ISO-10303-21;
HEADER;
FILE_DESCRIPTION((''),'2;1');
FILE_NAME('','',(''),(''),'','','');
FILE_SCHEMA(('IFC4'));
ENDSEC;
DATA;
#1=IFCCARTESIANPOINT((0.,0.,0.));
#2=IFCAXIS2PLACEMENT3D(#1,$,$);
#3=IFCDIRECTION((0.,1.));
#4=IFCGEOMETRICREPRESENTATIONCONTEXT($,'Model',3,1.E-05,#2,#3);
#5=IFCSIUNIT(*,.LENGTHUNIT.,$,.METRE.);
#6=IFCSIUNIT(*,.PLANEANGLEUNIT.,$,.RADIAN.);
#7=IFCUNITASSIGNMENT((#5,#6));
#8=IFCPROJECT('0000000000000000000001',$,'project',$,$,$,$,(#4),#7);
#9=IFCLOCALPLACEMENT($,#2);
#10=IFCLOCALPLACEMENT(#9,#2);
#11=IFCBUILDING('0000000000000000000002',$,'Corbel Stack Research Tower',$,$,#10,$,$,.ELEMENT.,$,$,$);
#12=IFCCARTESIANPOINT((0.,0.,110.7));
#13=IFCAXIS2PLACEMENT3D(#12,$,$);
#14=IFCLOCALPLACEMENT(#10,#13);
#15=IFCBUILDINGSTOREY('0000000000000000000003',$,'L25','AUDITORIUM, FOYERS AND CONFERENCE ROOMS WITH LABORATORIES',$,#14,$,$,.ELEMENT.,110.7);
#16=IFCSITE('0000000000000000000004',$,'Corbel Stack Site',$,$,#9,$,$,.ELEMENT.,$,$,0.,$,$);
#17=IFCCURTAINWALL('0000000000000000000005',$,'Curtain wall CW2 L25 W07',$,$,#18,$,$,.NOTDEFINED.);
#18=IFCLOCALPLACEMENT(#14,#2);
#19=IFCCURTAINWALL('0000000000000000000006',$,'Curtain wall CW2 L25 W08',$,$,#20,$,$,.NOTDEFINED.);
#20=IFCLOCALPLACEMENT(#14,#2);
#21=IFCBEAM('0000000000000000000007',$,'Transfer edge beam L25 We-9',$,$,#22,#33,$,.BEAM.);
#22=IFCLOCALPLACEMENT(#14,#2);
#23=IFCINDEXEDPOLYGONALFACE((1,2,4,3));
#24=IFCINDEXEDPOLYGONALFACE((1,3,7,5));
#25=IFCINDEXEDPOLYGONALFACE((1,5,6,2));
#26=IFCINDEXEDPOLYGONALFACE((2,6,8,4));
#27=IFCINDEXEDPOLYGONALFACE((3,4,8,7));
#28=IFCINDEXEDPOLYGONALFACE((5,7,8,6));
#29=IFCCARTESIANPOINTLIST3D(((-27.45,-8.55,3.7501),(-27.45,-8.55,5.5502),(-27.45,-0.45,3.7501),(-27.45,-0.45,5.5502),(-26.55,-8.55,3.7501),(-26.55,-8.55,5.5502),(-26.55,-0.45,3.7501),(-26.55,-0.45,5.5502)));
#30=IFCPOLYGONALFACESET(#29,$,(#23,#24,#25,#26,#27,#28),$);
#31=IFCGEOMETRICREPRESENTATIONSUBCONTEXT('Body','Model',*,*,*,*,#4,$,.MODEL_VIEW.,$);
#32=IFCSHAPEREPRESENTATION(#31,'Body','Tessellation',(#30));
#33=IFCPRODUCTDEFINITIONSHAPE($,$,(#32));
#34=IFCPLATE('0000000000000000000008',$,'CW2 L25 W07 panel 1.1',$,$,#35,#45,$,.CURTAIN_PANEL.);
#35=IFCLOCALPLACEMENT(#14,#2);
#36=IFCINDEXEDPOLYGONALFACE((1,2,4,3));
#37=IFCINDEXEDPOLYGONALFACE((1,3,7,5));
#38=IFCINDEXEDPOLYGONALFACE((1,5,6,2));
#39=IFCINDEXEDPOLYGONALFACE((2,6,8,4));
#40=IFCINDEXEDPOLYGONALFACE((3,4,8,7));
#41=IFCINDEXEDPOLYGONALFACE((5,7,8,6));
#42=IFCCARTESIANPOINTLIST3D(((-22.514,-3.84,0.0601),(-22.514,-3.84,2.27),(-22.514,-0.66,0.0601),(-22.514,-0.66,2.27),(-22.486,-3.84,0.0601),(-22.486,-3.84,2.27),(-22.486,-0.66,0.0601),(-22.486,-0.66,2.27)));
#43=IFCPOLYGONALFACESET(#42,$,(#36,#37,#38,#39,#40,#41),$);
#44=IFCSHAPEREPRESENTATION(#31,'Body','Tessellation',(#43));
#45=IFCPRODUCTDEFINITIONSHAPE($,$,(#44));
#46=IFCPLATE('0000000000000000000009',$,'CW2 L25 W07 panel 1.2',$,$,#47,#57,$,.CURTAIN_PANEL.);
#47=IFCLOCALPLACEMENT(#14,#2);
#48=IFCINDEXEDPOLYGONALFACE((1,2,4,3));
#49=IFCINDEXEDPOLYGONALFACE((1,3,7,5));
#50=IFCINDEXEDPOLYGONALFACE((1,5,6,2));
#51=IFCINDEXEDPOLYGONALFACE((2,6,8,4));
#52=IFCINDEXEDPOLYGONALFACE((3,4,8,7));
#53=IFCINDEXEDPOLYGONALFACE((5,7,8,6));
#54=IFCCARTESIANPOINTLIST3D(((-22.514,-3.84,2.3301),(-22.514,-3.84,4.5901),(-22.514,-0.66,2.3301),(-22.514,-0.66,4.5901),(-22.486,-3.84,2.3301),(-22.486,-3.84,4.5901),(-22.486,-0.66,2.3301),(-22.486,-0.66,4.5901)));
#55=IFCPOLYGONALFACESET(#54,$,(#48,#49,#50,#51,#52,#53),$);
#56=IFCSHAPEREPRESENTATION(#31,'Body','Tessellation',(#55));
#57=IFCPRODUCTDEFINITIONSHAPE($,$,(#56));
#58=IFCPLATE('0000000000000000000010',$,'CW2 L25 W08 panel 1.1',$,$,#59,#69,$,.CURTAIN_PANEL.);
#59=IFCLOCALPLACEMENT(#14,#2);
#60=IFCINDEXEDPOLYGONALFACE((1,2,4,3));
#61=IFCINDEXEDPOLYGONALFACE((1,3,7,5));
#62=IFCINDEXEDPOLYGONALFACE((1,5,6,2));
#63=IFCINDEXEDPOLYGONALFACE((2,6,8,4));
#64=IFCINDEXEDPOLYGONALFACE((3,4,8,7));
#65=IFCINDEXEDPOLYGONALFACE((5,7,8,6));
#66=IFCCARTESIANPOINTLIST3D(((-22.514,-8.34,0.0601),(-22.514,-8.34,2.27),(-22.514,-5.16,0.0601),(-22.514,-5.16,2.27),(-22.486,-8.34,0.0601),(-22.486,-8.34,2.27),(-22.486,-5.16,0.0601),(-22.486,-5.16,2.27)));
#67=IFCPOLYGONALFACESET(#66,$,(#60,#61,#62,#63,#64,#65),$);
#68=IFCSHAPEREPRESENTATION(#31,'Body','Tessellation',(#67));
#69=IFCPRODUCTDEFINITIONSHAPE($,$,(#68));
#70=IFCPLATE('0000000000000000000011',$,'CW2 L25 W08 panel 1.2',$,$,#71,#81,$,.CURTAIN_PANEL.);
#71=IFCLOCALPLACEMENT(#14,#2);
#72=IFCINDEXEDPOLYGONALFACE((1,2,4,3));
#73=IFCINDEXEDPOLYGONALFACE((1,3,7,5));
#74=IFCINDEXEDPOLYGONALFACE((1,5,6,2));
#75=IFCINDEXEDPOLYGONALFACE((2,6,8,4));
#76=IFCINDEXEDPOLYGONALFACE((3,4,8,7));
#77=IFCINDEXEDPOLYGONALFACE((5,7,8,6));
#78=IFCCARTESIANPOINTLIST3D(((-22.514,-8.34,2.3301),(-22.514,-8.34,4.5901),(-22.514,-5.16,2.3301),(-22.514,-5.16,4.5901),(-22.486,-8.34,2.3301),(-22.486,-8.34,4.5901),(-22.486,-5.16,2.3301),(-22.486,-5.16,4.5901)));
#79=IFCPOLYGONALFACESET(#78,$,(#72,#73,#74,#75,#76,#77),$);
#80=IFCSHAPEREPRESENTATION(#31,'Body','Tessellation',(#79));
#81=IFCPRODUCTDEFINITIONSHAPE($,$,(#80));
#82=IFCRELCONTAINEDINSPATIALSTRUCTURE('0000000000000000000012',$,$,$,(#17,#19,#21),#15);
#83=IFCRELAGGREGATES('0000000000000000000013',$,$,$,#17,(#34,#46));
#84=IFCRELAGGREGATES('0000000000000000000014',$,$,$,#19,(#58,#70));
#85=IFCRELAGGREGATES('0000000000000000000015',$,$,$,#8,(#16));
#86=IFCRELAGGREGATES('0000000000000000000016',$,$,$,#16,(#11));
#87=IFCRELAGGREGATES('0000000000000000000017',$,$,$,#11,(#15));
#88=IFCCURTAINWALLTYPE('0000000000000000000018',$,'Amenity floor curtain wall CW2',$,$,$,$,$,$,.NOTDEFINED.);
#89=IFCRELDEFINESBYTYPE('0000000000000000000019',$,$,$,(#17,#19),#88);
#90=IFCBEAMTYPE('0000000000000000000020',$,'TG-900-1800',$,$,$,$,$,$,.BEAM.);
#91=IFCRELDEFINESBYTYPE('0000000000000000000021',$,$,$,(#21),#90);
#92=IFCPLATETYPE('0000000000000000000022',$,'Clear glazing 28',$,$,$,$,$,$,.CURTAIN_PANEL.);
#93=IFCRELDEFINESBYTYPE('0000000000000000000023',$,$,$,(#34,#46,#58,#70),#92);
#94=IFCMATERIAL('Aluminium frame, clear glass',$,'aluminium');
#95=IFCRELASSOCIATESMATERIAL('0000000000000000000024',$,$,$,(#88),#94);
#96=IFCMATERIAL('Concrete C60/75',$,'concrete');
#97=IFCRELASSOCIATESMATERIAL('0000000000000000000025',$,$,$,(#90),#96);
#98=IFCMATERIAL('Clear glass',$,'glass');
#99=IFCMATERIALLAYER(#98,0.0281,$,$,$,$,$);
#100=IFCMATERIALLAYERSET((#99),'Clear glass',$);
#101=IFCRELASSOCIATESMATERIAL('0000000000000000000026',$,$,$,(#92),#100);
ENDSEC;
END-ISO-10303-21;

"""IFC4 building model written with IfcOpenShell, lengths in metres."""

from ifc_helpers import new_model, si_unit, direction, frame, origin, origin_2d, place, context, subcontext, project, spatial, rectangle, extrude, material, layer, layer_set, material_profile, profile_set, type_object, element, aggregate, save


model = new_model("IFC4")

# Units and contexts
model_context = context("Model", 3, precision=1e-05, world=origin(), true_north=direction((0.0, 1.0)))
body_context = subcontext(model_context, "Body", "Model", "MODEL_VIEW")
ifc_project = project(units=[si_unit("LENGTHUNIT", "METRE"), si_unit("PLANEANGLEUNIT", "RADIAN")], contexts=[model_context])

# Site, building, storey
site_placement = place(None, origin())
site = spatial("IfcSite", under=ifc_project, at=site_placement, Name="Corbel Stack Site", CompositionType="ELEMENT", RefElevation=0.0)
building_placement = place(site_placement, origin())
building = spatial("IfcBuilding", under=site, at=building_placement, Name="Corbel Stack Research Tower", CompositionType="ELEMENT")
storey_placement = place(building_placement, frame((0.0, 0.0, 110.7)))
storey = spatial("IfcBuildingStorey", under=building, at=storey_placement, Name="L25", Description="AUDITORIUM, FOYERS AND CONFERENCE ROOMS WITH LABORATORIES", CompositionType="ELEMENT", Elevation=110.7)

# Curtain wall
ifc_material_1 = material(Name="Aluminium frame, clear glass", Category="aluminium")
curtain_wall_type = type_object("IfcCurtainWallType", Name="Amenity floor curtain wall CW2", PredefinedType="NOTDEFINED", material=ifc_material_1)
curtain_wall_1_placement = place(storey_placement, origin())
curtain_wall_1 = element("IfcCurtainWall", 1, at=curtain_wall_1_placement, inside=storey, type_object=curtain_wall_type, Name="Curtain wall CW2 L25 W07", PredefinedType="NOTDEFINED")

# Curtain wall
curtain_wall_2_placement = place(storey_placement, origin())
curtain_wall_2 = element("IfcCurtainWall", 2, at=curtain_wall_2_placement, inside=storey, type_object=curtain_wall_type, Name="Curtain wall CW2 L25 W08", PredefinedType="NOTDEFINED")

# Beam
ifc_material_2 = material(Name="Concrete C60/75", Category="concrete")
ifc_material_profile_1 = material_profile(ifc_material_2, rectangle(XDim=0.8999, YDim=1.8, at=origin_2d()), Name="RC 900 x 1800")
ifc_profile_set_1 = profile_set([ifc_material_profile_1], Name="Concrete C60/75")
beam_type_1 = type_object("IfcBeamType", Name="TG-900-1800", PredefinedType="BEAM", material=ifc_profile_set_1)
beam_1_placement = place(storey_placement, frame((-27.0, -8.55, 4.6501), z_axis=(0.0, 1.0, 0.0), x_axis=(-1.0, 0.0, 0.0)))
element("IfcBeam", 3, at=beam_1_placement, inside=storey, type_object=beam_type_1, Name="Transfer edge beam L25 We-9", PredefinedType="BEAM", context=body_context, shape_type="SweptSolid", body=[
    extrude(rectangle(XDim=0.8999, YDim=1.8, at=origin_2d()), origin(), (0.0, 0.0, 1.0), 8.1001),
])

# Plates
ifc_material_3 = material(Name="Clear glass", Category="glass")
ifc_layer = layer(ifc_material_3, 0.0281)
ifc_layer_set = layer_set([ifc_layer], Name="Clear glass")
plate_type = type_object("IfcPlateType", Name="Clear glazing 28", PredefinedType="CURTAIN_PANEL", material=ifc_layer_set)
plate_1_placement = place(storey_placement, frame((-22.5, -2.25, 0.0601), z_axis=(0.0, 0.0, 1.0), x_axis=(0.0, -1.0, 0.0)))
plate_1 = element("IfcPlate", 4, at=plate_1_placement, type_object=plate_type, Name="CW2 L25 W07 panel 1.1", PredefinedType="CURTAIN_PANEL", context=body_context, shape_type="SweptSolid", body=[
    extrude(rectangle(XDim=3.1799, YDim=0.0281, at=origin_2d()), origin(), (0.0, 0.0, 1.0), 2.21),
])
plate_2_placement = place(storey_placement, frame((-22.5, -2.25, 2.3301), z_axis=(0.0, 0.0, 1.0), x_axis=(0.0, -1.0, 0.0)))
plate_2 = element("IfcPlate", 5, at=plate_2_placement, type_object=plate_type, Name="CW2 L25 W07 panel 1.2", PredefinedType="CURTAIN_PANEL", context=body_context, shape_type="SweptSolid", body=[
    extrude(rectangle(XDim=3.1799, YDim=0.0281, at=origin_2d()), origin(), (0.0, 0.0, 1.0), 2.26),
])
aggregate(curtain_wall_1, [plate_1, plate_2])
plate_3_placement = place(storey_placement, frame((-22.5, -6.75, 0.0601), z_axis=(0.0, 0.0, 1.0), x_axis=(0.0, -1.0, 0.0)))
plate_3 = element("IfcPlate", 6, at=plate_3_placement, type_object=plate_type, Name="CW2 L25 W08 panel 1.1", PredefinedType="CURTAIN_PANEL", context=body_context, shape_type="SweptSolid", body=[
    extrude(rectangle(XDim=3.1799, YDim=0.0281, at=origin_2d()), origin(), (0.0, 0.0, 1.0), 2.21),
])
plate_4_placement = place(storey_placement, frame((-22.5, -6.75, 2.3301), z_axis=(0.0, 0.0, 1.0), x_axis=(0.0, -1.0, 0.0)))
plate_4 = element("IfcPlate", 7, at=plate_4_placement, type_object=plate_type, Name="CW2 L25 W08 panel 1.2", PredefinedType="CURTAIN_PANEL", context=body_context, shape_type="SweptSolid", body=[
    extrude(rectangle(XDim=3.1799, YDim=0.0281, at=origin_2d()), origin(), (0.0, 0.0, 1.0), 2.26),
])
aggregate(curtain_wall_2, [plate_3, plate_4])

save(model, "model.ifc")
